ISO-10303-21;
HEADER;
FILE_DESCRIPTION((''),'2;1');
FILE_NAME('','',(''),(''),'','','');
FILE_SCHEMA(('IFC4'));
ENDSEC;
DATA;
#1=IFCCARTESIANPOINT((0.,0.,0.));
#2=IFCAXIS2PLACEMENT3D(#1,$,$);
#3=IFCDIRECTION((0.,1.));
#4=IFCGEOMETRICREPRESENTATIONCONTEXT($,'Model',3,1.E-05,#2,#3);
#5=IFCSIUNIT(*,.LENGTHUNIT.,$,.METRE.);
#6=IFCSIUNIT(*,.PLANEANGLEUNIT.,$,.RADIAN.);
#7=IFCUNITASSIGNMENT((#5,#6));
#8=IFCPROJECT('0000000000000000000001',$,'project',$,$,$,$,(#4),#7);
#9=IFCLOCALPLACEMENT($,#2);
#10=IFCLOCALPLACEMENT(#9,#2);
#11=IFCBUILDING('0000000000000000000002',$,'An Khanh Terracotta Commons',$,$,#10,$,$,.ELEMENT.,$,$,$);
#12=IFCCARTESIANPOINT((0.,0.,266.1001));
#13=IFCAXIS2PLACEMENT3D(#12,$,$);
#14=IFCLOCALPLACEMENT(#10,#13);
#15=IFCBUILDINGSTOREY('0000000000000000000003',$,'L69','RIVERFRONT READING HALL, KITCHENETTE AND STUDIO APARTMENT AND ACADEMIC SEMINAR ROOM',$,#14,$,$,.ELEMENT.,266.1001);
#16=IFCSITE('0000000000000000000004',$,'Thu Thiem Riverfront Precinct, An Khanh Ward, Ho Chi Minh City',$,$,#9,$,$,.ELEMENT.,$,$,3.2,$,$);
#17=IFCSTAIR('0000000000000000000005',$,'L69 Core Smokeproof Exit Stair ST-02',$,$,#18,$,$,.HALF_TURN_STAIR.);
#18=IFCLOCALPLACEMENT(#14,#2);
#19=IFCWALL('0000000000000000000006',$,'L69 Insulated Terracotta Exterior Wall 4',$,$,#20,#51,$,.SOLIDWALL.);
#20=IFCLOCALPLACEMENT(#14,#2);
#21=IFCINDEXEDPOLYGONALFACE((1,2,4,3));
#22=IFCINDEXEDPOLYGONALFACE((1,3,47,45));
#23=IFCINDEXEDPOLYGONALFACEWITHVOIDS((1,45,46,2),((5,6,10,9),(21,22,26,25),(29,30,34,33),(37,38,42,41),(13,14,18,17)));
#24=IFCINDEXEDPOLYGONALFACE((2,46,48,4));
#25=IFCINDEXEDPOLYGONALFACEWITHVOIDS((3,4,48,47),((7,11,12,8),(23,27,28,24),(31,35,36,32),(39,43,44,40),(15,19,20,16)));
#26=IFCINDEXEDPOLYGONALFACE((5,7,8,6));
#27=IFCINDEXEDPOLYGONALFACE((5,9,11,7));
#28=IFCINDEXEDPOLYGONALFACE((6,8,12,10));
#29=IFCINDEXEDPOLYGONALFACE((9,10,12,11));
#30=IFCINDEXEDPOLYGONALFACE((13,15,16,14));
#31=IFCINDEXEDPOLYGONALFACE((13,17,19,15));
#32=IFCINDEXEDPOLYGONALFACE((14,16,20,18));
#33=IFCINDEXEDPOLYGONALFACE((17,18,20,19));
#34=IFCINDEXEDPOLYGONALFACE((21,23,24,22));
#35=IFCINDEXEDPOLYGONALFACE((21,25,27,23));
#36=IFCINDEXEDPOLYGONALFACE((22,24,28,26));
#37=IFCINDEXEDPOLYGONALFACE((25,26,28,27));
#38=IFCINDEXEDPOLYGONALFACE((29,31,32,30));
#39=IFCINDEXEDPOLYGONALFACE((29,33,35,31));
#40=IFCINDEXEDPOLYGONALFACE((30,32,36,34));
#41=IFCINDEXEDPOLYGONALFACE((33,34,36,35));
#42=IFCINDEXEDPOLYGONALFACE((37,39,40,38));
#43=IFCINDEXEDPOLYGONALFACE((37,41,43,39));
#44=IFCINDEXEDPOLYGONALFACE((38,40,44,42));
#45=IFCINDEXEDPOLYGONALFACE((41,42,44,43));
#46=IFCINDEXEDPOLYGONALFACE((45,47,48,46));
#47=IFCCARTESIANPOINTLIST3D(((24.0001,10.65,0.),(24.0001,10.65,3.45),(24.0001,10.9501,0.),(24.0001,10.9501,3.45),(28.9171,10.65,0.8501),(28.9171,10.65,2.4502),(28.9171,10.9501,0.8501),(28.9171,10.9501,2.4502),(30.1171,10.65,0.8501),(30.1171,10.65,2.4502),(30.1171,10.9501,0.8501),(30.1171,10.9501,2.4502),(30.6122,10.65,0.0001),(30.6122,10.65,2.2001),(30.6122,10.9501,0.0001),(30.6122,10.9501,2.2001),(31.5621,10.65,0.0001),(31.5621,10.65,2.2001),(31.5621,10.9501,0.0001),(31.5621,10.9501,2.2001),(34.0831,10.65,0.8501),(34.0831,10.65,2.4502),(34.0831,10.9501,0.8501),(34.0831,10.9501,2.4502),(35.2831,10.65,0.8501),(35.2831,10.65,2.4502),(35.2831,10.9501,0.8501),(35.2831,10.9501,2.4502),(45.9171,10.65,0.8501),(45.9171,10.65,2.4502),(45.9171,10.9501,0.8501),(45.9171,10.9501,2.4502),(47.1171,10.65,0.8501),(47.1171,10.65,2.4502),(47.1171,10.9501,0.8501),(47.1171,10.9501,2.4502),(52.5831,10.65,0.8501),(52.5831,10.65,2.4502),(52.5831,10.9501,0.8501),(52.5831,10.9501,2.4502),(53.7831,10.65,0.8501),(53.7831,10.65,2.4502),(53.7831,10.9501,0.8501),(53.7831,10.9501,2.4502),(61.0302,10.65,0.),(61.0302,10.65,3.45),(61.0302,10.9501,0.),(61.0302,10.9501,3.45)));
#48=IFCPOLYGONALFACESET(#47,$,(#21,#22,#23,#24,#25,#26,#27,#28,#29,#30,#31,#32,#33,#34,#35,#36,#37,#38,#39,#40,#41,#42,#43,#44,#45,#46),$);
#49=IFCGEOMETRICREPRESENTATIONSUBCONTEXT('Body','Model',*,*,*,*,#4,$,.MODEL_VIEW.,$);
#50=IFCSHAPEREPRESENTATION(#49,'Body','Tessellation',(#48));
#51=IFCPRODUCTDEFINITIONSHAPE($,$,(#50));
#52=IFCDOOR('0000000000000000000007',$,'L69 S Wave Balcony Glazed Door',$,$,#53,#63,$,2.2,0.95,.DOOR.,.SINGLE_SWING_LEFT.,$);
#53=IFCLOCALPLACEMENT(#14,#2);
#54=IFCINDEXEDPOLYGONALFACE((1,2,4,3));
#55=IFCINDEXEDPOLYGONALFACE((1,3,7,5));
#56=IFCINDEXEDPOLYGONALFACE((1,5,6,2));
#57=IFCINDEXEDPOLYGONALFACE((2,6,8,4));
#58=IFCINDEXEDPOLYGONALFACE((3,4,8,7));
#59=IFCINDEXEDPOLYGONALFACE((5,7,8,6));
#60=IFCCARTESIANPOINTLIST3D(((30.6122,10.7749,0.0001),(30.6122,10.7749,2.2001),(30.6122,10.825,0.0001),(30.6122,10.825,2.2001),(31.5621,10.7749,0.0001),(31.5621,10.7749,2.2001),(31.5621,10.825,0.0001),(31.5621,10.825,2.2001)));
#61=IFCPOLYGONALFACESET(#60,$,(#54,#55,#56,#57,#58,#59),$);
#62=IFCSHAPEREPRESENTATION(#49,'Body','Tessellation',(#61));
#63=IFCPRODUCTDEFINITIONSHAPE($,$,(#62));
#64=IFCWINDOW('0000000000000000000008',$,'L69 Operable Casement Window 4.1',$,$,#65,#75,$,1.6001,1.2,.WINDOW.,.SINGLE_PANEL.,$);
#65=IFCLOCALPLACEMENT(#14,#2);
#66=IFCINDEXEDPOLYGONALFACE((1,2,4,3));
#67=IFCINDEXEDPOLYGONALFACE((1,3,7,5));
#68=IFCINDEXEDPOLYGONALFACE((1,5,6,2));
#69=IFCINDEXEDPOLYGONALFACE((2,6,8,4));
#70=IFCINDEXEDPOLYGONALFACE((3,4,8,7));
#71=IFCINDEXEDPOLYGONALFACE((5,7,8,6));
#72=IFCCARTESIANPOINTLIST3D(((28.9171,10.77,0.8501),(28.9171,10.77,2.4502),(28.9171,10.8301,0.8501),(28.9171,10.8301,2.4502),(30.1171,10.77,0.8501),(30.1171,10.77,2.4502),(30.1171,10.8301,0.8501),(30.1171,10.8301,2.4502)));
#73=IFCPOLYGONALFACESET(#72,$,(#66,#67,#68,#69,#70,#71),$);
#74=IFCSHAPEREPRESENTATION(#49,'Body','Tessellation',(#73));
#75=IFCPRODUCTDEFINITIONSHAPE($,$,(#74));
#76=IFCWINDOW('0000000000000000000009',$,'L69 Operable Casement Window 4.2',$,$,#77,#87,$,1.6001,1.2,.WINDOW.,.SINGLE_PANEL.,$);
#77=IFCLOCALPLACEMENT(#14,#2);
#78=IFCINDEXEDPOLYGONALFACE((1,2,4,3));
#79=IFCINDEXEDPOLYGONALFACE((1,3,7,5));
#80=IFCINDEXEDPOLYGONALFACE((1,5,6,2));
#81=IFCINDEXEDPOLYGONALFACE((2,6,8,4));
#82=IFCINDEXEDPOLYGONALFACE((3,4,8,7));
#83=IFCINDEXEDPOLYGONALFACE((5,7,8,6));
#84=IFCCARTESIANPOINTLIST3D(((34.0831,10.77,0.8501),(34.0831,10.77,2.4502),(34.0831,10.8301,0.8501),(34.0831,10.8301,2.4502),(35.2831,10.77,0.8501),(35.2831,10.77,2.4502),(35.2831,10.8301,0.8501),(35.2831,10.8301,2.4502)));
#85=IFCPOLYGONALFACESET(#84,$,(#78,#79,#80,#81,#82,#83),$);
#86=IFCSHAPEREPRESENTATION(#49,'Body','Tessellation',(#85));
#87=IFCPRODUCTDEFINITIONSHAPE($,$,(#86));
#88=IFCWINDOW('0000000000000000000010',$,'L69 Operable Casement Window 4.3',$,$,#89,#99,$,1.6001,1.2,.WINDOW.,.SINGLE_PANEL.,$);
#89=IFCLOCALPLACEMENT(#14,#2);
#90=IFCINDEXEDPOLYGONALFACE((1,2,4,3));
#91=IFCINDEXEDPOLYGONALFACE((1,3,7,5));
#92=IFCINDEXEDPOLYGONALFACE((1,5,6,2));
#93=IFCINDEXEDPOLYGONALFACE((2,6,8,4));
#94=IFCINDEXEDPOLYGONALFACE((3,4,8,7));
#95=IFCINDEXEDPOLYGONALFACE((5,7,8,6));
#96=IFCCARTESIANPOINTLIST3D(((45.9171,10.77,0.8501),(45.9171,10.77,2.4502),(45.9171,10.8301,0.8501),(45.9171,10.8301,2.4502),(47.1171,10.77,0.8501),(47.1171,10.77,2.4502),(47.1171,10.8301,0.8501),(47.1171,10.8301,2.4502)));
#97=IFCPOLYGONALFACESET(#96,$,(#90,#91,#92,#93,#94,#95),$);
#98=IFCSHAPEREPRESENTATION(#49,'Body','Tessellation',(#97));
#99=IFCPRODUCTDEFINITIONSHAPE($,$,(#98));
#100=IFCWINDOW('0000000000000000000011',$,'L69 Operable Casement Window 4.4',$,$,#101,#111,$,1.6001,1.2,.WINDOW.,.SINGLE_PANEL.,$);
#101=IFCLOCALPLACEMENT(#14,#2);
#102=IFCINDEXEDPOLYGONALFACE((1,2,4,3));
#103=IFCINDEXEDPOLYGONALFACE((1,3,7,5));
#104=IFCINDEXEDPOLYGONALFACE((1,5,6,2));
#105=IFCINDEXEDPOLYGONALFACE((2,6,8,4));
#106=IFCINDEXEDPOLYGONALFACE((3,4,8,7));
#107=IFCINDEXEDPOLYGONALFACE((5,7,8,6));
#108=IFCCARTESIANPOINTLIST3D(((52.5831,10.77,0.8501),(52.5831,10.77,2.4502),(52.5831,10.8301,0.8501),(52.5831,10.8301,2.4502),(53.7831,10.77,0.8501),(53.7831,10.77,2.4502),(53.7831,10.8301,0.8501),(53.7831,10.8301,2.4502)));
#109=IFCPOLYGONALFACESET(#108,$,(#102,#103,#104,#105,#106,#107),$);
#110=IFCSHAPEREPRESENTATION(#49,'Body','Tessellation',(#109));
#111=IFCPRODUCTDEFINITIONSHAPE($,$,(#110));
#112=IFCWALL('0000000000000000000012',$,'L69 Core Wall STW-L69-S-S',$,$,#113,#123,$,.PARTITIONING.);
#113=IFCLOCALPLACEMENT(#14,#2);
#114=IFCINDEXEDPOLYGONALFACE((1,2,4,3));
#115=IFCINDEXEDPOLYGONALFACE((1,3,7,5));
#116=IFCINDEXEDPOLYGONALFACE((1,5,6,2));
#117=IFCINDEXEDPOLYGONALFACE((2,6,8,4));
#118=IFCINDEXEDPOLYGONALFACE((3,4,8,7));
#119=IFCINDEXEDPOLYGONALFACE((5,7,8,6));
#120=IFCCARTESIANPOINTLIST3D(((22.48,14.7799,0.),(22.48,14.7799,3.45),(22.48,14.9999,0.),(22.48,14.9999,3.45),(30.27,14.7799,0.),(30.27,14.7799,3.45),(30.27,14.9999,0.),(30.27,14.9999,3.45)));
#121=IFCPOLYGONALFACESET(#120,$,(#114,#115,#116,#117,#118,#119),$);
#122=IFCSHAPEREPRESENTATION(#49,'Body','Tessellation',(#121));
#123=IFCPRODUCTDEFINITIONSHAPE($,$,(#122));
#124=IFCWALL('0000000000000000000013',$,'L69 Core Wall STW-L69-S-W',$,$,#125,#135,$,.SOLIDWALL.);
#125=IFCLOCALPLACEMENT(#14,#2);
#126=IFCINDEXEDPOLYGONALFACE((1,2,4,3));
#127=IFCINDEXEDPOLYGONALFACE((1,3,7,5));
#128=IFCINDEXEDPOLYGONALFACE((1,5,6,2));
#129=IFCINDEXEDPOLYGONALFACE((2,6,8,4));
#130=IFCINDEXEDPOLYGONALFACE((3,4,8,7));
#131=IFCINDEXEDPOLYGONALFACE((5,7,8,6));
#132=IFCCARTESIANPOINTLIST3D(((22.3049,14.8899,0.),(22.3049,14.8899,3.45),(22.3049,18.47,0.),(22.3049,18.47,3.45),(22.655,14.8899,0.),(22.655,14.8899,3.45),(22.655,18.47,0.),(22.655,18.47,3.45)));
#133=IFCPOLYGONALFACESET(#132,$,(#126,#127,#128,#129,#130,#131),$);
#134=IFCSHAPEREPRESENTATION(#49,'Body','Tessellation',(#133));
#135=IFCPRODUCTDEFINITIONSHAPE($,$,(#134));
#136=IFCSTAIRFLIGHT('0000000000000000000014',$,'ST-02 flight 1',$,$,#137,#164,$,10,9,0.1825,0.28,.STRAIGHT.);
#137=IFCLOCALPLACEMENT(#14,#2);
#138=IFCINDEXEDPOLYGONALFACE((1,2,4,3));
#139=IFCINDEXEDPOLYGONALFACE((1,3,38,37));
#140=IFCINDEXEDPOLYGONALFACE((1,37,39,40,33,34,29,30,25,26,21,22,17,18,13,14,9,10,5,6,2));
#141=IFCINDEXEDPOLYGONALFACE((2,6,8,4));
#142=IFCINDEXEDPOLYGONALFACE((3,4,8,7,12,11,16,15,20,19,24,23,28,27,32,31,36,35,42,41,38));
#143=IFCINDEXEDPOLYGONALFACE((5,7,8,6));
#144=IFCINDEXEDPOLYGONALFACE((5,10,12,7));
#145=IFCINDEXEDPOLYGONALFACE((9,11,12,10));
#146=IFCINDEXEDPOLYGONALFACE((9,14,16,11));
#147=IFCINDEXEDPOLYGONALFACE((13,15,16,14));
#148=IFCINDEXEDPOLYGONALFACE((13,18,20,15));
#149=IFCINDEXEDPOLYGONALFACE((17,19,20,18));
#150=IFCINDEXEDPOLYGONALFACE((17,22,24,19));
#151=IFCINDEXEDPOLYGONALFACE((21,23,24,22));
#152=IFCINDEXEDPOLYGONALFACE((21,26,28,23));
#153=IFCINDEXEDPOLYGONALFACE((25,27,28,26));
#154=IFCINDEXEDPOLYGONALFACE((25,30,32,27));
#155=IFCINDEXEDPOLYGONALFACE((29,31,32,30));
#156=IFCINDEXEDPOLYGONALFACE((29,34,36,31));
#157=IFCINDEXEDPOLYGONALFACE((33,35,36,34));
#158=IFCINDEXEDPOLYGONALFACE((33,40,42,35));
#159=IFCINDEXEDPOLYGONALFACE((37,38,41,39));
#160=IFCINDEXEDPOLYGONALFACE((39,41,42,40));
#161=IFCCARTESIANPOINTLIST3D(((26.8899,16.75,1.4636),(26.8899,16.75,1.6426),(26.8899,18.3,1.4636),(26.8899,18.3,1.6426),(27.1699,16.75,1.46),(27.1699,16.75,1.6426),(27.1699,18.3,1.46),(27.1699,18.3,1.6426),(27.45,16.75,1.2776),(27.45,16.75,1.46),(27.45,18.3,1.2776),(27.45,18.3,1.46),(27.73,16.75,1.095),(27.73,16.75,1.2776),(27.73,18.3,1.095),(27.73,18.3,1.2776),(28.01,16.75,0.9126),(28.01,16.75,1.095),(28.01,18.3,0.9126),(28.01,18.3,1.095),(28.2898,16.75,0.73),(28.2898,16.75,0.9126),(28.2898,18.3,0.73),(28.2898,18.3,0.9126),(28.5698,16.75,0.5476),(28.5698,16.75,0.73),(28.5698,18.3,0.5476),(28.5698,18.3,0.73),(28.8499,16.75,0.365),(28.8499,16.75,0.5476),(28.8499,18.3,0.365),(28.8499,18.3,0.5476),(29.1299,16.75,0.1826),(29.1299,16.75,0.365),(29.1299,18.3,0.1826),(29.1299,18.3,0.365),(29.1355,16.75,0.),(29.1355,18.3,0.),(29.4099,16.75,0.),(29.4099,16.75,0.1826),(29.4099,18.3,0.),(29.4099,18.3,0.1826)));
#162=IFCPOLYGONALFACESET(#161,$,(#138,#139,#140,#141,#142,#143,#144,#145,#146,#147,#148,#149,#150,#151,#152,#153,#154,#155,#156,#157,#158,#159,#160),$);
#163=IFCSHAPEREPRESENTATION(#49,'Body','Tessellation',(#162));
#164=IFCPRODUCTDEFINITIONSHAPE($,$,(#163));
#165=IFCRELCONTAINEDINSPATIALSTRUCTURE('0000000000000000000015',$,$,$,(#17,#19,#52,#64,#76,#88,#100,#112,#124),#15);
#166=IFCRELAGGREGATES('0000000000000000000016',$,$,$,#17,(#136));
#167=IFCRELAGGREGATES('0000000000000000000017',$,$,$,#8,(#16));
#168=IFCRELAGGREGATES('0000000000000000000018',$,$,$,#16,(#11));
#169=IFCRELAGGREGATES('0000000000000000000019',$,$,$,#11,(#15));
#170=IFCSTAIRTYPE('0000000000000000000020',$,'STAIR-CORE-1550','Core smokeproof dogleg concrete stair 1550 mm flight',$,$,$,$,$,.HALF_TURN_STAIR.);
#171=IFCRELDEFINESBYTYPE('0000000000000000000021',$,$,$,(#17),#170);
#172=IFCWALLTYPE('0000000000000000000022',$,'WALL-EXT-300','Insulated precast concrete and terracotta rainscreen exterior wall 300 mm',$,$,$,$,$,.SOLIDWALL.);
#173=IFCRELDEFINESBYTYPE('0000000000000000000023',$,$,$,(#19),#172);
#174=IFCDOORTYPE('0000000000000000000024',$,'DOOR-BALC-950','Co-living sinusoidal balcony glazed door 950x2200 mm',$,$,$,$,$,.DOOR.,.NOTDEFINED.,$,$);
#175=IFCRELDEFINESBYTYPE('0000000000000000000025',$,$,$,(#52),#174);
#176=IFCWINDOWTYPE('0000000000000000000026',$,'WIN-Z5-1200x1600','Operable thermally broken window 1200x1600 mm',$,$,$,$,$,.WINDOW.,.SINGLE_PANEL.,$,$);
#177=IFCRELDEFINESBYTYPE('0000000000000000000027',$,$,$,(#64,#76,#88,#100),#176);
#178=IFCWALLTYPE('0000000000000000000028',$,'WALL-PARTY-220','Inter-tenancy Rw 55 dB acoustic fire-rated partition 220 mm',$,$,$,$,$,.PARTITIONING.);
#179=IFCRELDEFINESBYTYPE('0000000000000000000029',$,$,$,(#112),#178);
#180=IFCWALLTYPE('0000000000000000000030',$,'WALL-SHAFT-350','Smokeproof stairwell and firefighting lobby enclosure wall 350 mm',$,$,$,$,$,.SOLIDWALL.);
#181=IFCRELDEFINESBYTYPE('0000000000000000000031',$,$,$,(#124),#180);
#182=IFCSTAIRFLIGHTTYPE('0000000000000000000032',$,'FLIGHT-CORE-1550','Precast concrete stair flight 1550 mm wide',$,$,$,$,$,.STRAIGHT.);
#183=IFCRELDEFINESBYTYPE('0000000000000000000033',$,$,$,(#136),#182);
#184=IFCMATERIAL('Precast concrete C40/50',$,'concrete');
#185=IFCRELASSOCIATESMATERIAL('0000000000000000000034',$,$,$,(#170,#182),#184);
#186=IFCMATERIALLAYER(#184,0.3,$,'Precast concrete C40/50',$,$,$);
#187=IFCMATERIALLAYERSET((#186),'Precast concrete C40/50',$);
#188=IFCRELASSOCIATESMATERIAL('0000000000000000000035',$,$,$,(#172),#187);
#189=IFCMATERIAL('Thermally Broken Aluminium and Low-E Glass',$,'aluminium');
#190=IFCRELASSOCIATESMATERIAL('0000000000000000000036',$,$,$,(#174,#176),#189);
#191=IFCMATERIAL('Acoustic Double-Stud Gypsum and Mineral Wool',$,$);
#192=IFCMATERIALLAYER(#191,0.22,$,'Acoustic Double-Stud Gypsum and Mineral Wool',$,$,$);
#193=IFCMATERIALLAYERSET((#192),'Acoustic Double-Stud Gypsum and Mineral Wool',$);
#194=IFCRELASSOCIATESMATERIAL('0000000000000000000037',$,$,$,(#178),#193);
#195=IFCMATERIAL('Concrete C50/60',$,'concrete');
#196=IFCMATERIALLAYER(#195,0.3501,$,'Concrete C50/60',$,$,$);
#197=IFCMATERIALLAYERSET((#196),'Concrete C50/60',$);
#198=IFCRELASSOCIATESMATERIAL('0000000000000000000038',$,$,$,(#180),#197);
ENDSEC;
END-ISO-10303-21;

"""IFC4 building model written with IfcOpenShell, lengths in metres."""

from ifc_helpers import new_model, si_unit, direction, frame, frame_2d, origin, place, context, subcontext, project, spatial, polyline, rectangle, outline, extrude, material, layer, layer_set, type_object, element, fill, aggregate, save


model = new_model("IFC4")

# Units and contexts
model_context = context("Model", 3, precision=1e-05, world=origin(), true_north=direction((0.0, 1.0)))
body_context = subcontext(model_context, "Body", "Model", "MODEL_VIEW")
ifc_project = project(units=[si_unit("LENGTHUNIT", "METRE"), si_unit("PLANEANGLEUNIT", "RADIAN")], contexts=[model_context])

# Site, building, storey
site_placement = place(None, origin())
site = spatial("IfcSite", under=ifc_project, at=site_placement, Name="Thu Thiem Riverfront Precinct, An Khanh Ward, Ho Chi Minh City", CompositionType="ELEMENT", RefElevation=3.2)
building_placement = place(site_placement, origin())
building = spatial("IfcBuilding", under=site, at=building_placement, Name="An Khanh Terracotta Commons", CompositionType="ELEMENT")
storey_placement = place(building_placement, frame((0.0, 0.0, 266.1001)))
storey = spatial("IfcBuildingStorey", under=building, at=storey_placement, Name="L69", Description="RIVERFRONT READING HALL, KITCHENETTE AND STUDIO APARTMENT AND ACADEMIC SEMINAR ROOM", CompositionType="ELEMENT", Elevation=266.1001)

# Shared definitions
ifc_material_1 = material(Name="Concrete C50/60", Category="concrete")

# Stair
ifc_material_2 = material(Name="Precast concrete C40/50", Category="concrete")
stair_type = type_object("IfcStairType", Name="STAIR-CORE-1550", Description="Core smokeproof dogleg concrete stair 1550 mm flight", PredefinedType="HALF_TURN_STAIR", material=ifc_material_2)
stair_1_placement = place(storey_placement, origin())
stair_1 = element("IfcStair", 1, at=stair_1_placement, inside=storey, type_object=stair_type, Name="L69 Core Smokeproof Exit Stair ST-02", PredefinedType="HALF_TURN_STAIR")

# Shared definitions
ifc_layer_1 = layer(ifc_material_2, 0.3, Name="Precast concrete C40/50")
ifc_layer_set_1 = layer_set([ifc_layer_1], Name="Precast concrete C40/50")
wall_type_1 = type_object("IfcWallType", Name="WALL-EXT-300", Description="Insulated precast concrete and terracotta rainscreen exterior wall 300 mm", PredefinedType="SOLIDWALL", material=ifc_layer_set_1)

# Wall, openings, door, windows
wall_1_placement = place(storey_placement, frame((24.0, 10.8, 0.0), z_axis=(0.0, 0.0, 1.0), x_axis=(1.0, 0.0, 0.0)))
wall_1 = element("IfcWall", 2, at=wall_1_placement, inside=storey, type_object=wall_type_1, Name="L69 Insulated Terracotta Exterior Wall 4", PredefinedType="SOLIDWALL", context=body_context, shape_type="SweptSolid", body=[
    extrude(rectangle(XDim=37.03, YDim=0.3, at=frame_2d((18.5151, 0.0))), origin(), (0.0, 0.0, 1.0), 3.45),
])
opening_1_placement = place(wall_1_placement, frame((6.6121, 0.0, 0.0)))
opening_1 = element("IfcOpeningElement", 3, at=opening_1_placement, cuts=wall_1, PredefinedType="OPENING", context=body_context, shape_type="SweptSolid", body=[
    extrude(rectangle(XDim=0.95, YDim=2.2, at=frame_2d((0.4751, 1.1001))), frame((0.0, 0.1599, 0.0), z_axis=(0.0, -1.0, 0.0), x_axis=(1.0, 0.0, 0.0)), (0.0, 0.0, 1.0), 0.3201),
])
opening_2_placement = place(wall_1_placement, frame((4.917, 0.0, 0.8501)))
opening_2 = element("IfcOpeningElement", 4, at=opening_2_placement, cuts=wall_1, PredefinedType="OPENING", context=body_context, shape_type="SweptSolid", body=[
    extrude(rectangle(XDim=1.2, YDim=1.6001, at=frame_2d((0.6001, 0.8))), frame((0.0, 0.1599, 0.0), z_axis=(0.0, -1.0, 0.0), x_axis=(1.0, 0.0, 0.0)), (0.0, 0.0, 1.0), 0.3201),
])
opening_3_placement = place(wall_1_placement, frame((10.083, 0.0, 0.8501)))
opening_3 = element("IfcOpeningElement", 5, at=opening_3_placement, cuts=wall_1, PredefinedType="OPENING", context=body_context, shape_type="SweptSolid", body=[
    extrude(rectangle(XDim=1.2, YDim=1.6001, at=frame_2d((0.6001, 0.8))), frame((0.0, 0.1599, 0.0), z_axis=(0.0, -1.0, 0.0), x_axis=(1.0, 0.0, 0.0)), (0.0, 0.0, 1.0), 0.3201),
])
opening_4_placement = place(wall_1_placement, frame((21.917, 0.0, 0.8501)))
opening_4 = element("IfcOpeningElement", 6, at=opening_4_placement, cuts=wall_1, PredefinedType="OPENING", context=body_context, shape_type="SweptSolid", body=[
    extrude(rectangle(XDim=1.2, YDim=1.6001, at=frame_2d((0.6001, 0.8))), frame((0.0, 0.1599, 0.0), z_axis=(0.0, -1.0, 0.0), x_axis=(1.0, 0.0, 0.0)), (0.0, 0.0, 1.0), 0.3201),
])
opening_5_placement = place(wall_1_placement, frame((28.583, 0.0, 0.8501)))
opening_5 = element("IfcOpeningElement", 7, at=opening_5_placement, cuts=wall_1, PredefinedType="OPENING", context=body_context, shape_type="SweptSolid", body=[
    extrude(rectangle(XDim=1.2, YDim=1.6001, at=frame_2d((0.6001, 0.8))), frame((0.0, 0.1599, 0.0), z_axis=(0.0, -1.0, 0.0), x_axis=(1.0, 0.0, 0.0)), (0.0, 0.0, 1.0), 0.3201),
])
ifc_material_3 = material(Name="Thermally Broken Aluminium and Low-E Glass", Category="aluminium")
door_type = type_object("IfcDoorType", Name="DOOR-BALC-950", Description="Co-living sinusoidal balcony glazed door 950x2200 mm", OperationType="NOTDEFINED", PredefinedType="DOOR", material=ifc_material_3)
door_placement = place(opening_1_placement, origin())
door = element("IfcDoor", 8, at=door_placement, inside=storey, type_object=door_type, Name="L69 S Wave Balcony Glazed Door", OperationType="SINGLE_SWING_LEFT", OverallHeight=2.2, OverallWidth=0.95, PredefinedType="DOOR", context=body_context, shape_type="SweptSolid", body=[
    extrude(rectangle(XDim=0.95, YDim=2.2, at=frame_2d((0.4751, 1.1001))), frame((0.0, 0.0249, 0.0), z_axis=(0.0, -1.0, 0.0), x_axis=(1.0, 0.0, 0.0)), (0.0, 0.0, 1.0), 0.05),
])
fill(opening_1, door)
window_type = type_object("IfcWindowType", Name="WIN-Z5-1200x1600", Description="Operable thermally broken window 1200x1600 mm", PartitioningType="SINGLE_PANEL", PredefinedType="WINDOW", material=ifc_material_3)
window_1_placement = place(opening_2_placement, origin())
window_1 = element("IfcWindow", 9, at=window_1_placement, inside=storey, type_object=window_type, Name="L69 Operable Casement Window 4.1", OverallHeight=1.6001, OverallWidth=1.2, PartitioningType="SINGLE_PANEL", PredefinedType="WINDOW", context=body_context, shape_type="SweptSolid", body=[
    extrude(rectangle(XDim=1.2, YDim=1.6001, at=frame_2d((0.6001, 0.8))), frame((0.0, 0.03, 0.0), z_axis=(0.0, -1.0, 0.0), x_axis=(1.0, 0.0, 0.0)), (0.0, 0.0, 1.0), 0.0601),
])
fill(opening_2, window_1)
window_2_placement = place(opening_3_placement, origin())
window_2 = element("IfcWindow", 10, at=window_2_placement, inside=storey, type_object=window_type, Name="L69 Operable Casement Window 4.2", OverallHeight=1.6001, OverallWidth=1.2, PartitioningType="SINGLE_PANEL", PredefinedType="WINDOW", context=body_context, shape_type="SweptSolid", body=[
    extrude(rectangle(XDim=1.2, YDim=1.6001, at=frame_2d((0.6001, 0.8))), frame((0.0, 0.03, 0.0), z_axis=(0.0, -1.0, 0.0), x_axis=(1.0, 0.0, 0.0)), (0.0, 0.0, 1.0), 0.0601),
])
fill(opening_3, window_2)
window_3_placement = place(opening_4_placement, origin())
window_3 = element("IfcWindow", 11, at=window_3_placement, inside=storey, type_object=window_type, Name="L69 Operable Casement Window 4.3", OverallHeight=1.6001, OverallWidth=1.2, PartitioningType="SINGLE_PANEL", PredefinedType="WINDOW", context=body_context, shape_type="SweptSolid", body=[
    extrude(rectangle(XDim=1.2, YDim=1.6001, at=frame_2d((0.6001, 0.8))), frame((0.0, 0.03, 0.0), z_axis=(0.0, -1.0, 0.0), x_axis=(1.0, 0.0, 0.0)), (0.0, 0.0, 1.0), 0.0601),
])
fill(opening_4, window_3)
window_4_placement = place(opening_5_placement, origin())
window_4 = element("IfcWindow", 12, at=window_4_placement, inside=storey, type_object=window_type, Name="L69 Operable Casement Window 4.4", OverallHeight=1.6001, OverallWidth=1.2, PartitioningType="SINGLE_PANEL", PredefinedType="WINDOW", context=body_context, shape_type="SweptSolid", body=[
    extrude(rectangle(XDim=1.2, YDim=1.6001, at=frame_2d((0.6001, 0.8))), frame((0.0, 0.03, 0.0), z_axis=(0.0, -1.0, 0.0), x_axis=(1.0, 0.0, 0.0)), (0.0, 0.0, 1.0), 0.0601),
])
fill(opening_5, window_4)

# Walls
ifc_material_4 = material(Name="Acoustic Double-Stud Gypsum and Mineral Wool")
ifc_layer_2 = layer(ifc_material_4, 0.22, Name="Acoustic Double-Stud Gypsum and Mineral Wool")
ifc_layer_set_2 = layer_set([ifc_layer_2], Name="Acoustic Double-Stud Gypsum and Mineral Wool")
wall_type_2 = type_object("IfcWallType", Name="WALL-PARTY-220", Description="Inter-tenancy Rw 55 dB acoustic fire-rated partition 220 mm", PredefinedType="PARTITIONING", material=ifc_layer_set_2)
wall_2_placement = place(storey_placement, frame((22.48, 14.8899, 0.0), z_axis=(0.0, 0.0, 1.0), x_axis=(1.0, 0.0, 0.0)))
element("IfcWall", 13, at=wall_2_placement, inside=storey, type_object=wall_type_2, Name="L69 Core Wall STW-L69-S-S", PredefinedType="PARTITIONING", context=body_context, shape_type="SweptSolid", body=[
    extrude(rectangle(XDim=7.79, YDim=0.22, at=frame_2d((3.895, 0.0))), origin(), (0.0, 0.0, 1.0), 3.45),
])
ifc_layer_3 = layer(ifc_material_1, 0.3501, Name="Concrete C50/60")
ifc_layer_set_3 = layer_set([ifc_layer_3], Name="Concrete C50/60")
wall_type_3 = type_object("IfcWallType", Name="WALL-SHAFT-350", Description="Smokeproof stairwell and firefighting lobby enclosure wall 350 mm", PredefinedType="SOLIDWALL", material=ifc_layer_set_3)
wall_3_placement = place(storey_placement, frame((22.48, 14.8899, 0.0), z_axis=(0.0, 0.0, 1.0), x_axis=(0.0, 1.0, 0.0)))
element("IfcWall", 14, at=wall_3_placement, inside=storey, type_object=wall_type_3, Name="L69 Core Wall STW-L69-S-W", PredefinedType="SOLIDWALL", context=body_context, shape_type="SweptSolid", body=[
    extrude(rectangle(XDim=3.5801, YDim=0.3501, at=frame_2d((1.79, 0.0))), origin(), (0.0, 0.0, 1.0), 3.45),
])

# Stair flight
stair_flight_type = type_object("IfcStairFlightType", Name="FLIGHT-CORE-1550", Description="Precast concrete stair flight 1550 mm wide", PredefinedType="STRAIGHT", material=ifc_material_2)
stair_flight_1_placement = place(storey_placement, frame((29.4099, 17.5249, 0.0), z_axis=(0.0, 0.0, 1.0), x_axis=(-1.0, 0.0, 0.0)))
stair_flight_1 = element("IfcStairFlight", 15, at=stair_flight_1_placement, type_object=stair_flight_type, Name="ST-02 flight 1", NumberOfRisers=10, NumberOfTreads=9, PredefinedType="STRAIGHT", RiserHeight=0.1825, TreadLength=0.28, context=body_context, shape_type="SweptSolid", body=[
    extrude(outline(polyline([(0.0, 0.0), (0.0, 0.1826), (0.28, 0.1826), (0.28, 0.365), (0.5601, 0.365), (0.5601, 0.5476), (0.8401, 0.5476), (0.8401, 0.73), (1.1201, 0.73), (1.1201, 0.9126), (1.3999, 0.9126), (1.3999, 1.095), (1.6799, 1.095), (1.6799, 1.2776), (1.96, 1.2776), (1.96, 1.46), (2.24, 1.46), (2.24, 1.6426), (2.52, 1.6426), (2.52, 1.825), (2.52, 1.4636), (0.2744, 0.0), (0.0, 0.0)])), frame((0.0, 0.7749, 0.0), z_axis=(0.0, -1.0, 0.0), x_axis=(1.0, 0.0, 0.0)), (0.0, 0.0, 1.0), 1.55),
])
aggregate(stair_1, [stair_flight_1])

save(model, "model.ifc")
